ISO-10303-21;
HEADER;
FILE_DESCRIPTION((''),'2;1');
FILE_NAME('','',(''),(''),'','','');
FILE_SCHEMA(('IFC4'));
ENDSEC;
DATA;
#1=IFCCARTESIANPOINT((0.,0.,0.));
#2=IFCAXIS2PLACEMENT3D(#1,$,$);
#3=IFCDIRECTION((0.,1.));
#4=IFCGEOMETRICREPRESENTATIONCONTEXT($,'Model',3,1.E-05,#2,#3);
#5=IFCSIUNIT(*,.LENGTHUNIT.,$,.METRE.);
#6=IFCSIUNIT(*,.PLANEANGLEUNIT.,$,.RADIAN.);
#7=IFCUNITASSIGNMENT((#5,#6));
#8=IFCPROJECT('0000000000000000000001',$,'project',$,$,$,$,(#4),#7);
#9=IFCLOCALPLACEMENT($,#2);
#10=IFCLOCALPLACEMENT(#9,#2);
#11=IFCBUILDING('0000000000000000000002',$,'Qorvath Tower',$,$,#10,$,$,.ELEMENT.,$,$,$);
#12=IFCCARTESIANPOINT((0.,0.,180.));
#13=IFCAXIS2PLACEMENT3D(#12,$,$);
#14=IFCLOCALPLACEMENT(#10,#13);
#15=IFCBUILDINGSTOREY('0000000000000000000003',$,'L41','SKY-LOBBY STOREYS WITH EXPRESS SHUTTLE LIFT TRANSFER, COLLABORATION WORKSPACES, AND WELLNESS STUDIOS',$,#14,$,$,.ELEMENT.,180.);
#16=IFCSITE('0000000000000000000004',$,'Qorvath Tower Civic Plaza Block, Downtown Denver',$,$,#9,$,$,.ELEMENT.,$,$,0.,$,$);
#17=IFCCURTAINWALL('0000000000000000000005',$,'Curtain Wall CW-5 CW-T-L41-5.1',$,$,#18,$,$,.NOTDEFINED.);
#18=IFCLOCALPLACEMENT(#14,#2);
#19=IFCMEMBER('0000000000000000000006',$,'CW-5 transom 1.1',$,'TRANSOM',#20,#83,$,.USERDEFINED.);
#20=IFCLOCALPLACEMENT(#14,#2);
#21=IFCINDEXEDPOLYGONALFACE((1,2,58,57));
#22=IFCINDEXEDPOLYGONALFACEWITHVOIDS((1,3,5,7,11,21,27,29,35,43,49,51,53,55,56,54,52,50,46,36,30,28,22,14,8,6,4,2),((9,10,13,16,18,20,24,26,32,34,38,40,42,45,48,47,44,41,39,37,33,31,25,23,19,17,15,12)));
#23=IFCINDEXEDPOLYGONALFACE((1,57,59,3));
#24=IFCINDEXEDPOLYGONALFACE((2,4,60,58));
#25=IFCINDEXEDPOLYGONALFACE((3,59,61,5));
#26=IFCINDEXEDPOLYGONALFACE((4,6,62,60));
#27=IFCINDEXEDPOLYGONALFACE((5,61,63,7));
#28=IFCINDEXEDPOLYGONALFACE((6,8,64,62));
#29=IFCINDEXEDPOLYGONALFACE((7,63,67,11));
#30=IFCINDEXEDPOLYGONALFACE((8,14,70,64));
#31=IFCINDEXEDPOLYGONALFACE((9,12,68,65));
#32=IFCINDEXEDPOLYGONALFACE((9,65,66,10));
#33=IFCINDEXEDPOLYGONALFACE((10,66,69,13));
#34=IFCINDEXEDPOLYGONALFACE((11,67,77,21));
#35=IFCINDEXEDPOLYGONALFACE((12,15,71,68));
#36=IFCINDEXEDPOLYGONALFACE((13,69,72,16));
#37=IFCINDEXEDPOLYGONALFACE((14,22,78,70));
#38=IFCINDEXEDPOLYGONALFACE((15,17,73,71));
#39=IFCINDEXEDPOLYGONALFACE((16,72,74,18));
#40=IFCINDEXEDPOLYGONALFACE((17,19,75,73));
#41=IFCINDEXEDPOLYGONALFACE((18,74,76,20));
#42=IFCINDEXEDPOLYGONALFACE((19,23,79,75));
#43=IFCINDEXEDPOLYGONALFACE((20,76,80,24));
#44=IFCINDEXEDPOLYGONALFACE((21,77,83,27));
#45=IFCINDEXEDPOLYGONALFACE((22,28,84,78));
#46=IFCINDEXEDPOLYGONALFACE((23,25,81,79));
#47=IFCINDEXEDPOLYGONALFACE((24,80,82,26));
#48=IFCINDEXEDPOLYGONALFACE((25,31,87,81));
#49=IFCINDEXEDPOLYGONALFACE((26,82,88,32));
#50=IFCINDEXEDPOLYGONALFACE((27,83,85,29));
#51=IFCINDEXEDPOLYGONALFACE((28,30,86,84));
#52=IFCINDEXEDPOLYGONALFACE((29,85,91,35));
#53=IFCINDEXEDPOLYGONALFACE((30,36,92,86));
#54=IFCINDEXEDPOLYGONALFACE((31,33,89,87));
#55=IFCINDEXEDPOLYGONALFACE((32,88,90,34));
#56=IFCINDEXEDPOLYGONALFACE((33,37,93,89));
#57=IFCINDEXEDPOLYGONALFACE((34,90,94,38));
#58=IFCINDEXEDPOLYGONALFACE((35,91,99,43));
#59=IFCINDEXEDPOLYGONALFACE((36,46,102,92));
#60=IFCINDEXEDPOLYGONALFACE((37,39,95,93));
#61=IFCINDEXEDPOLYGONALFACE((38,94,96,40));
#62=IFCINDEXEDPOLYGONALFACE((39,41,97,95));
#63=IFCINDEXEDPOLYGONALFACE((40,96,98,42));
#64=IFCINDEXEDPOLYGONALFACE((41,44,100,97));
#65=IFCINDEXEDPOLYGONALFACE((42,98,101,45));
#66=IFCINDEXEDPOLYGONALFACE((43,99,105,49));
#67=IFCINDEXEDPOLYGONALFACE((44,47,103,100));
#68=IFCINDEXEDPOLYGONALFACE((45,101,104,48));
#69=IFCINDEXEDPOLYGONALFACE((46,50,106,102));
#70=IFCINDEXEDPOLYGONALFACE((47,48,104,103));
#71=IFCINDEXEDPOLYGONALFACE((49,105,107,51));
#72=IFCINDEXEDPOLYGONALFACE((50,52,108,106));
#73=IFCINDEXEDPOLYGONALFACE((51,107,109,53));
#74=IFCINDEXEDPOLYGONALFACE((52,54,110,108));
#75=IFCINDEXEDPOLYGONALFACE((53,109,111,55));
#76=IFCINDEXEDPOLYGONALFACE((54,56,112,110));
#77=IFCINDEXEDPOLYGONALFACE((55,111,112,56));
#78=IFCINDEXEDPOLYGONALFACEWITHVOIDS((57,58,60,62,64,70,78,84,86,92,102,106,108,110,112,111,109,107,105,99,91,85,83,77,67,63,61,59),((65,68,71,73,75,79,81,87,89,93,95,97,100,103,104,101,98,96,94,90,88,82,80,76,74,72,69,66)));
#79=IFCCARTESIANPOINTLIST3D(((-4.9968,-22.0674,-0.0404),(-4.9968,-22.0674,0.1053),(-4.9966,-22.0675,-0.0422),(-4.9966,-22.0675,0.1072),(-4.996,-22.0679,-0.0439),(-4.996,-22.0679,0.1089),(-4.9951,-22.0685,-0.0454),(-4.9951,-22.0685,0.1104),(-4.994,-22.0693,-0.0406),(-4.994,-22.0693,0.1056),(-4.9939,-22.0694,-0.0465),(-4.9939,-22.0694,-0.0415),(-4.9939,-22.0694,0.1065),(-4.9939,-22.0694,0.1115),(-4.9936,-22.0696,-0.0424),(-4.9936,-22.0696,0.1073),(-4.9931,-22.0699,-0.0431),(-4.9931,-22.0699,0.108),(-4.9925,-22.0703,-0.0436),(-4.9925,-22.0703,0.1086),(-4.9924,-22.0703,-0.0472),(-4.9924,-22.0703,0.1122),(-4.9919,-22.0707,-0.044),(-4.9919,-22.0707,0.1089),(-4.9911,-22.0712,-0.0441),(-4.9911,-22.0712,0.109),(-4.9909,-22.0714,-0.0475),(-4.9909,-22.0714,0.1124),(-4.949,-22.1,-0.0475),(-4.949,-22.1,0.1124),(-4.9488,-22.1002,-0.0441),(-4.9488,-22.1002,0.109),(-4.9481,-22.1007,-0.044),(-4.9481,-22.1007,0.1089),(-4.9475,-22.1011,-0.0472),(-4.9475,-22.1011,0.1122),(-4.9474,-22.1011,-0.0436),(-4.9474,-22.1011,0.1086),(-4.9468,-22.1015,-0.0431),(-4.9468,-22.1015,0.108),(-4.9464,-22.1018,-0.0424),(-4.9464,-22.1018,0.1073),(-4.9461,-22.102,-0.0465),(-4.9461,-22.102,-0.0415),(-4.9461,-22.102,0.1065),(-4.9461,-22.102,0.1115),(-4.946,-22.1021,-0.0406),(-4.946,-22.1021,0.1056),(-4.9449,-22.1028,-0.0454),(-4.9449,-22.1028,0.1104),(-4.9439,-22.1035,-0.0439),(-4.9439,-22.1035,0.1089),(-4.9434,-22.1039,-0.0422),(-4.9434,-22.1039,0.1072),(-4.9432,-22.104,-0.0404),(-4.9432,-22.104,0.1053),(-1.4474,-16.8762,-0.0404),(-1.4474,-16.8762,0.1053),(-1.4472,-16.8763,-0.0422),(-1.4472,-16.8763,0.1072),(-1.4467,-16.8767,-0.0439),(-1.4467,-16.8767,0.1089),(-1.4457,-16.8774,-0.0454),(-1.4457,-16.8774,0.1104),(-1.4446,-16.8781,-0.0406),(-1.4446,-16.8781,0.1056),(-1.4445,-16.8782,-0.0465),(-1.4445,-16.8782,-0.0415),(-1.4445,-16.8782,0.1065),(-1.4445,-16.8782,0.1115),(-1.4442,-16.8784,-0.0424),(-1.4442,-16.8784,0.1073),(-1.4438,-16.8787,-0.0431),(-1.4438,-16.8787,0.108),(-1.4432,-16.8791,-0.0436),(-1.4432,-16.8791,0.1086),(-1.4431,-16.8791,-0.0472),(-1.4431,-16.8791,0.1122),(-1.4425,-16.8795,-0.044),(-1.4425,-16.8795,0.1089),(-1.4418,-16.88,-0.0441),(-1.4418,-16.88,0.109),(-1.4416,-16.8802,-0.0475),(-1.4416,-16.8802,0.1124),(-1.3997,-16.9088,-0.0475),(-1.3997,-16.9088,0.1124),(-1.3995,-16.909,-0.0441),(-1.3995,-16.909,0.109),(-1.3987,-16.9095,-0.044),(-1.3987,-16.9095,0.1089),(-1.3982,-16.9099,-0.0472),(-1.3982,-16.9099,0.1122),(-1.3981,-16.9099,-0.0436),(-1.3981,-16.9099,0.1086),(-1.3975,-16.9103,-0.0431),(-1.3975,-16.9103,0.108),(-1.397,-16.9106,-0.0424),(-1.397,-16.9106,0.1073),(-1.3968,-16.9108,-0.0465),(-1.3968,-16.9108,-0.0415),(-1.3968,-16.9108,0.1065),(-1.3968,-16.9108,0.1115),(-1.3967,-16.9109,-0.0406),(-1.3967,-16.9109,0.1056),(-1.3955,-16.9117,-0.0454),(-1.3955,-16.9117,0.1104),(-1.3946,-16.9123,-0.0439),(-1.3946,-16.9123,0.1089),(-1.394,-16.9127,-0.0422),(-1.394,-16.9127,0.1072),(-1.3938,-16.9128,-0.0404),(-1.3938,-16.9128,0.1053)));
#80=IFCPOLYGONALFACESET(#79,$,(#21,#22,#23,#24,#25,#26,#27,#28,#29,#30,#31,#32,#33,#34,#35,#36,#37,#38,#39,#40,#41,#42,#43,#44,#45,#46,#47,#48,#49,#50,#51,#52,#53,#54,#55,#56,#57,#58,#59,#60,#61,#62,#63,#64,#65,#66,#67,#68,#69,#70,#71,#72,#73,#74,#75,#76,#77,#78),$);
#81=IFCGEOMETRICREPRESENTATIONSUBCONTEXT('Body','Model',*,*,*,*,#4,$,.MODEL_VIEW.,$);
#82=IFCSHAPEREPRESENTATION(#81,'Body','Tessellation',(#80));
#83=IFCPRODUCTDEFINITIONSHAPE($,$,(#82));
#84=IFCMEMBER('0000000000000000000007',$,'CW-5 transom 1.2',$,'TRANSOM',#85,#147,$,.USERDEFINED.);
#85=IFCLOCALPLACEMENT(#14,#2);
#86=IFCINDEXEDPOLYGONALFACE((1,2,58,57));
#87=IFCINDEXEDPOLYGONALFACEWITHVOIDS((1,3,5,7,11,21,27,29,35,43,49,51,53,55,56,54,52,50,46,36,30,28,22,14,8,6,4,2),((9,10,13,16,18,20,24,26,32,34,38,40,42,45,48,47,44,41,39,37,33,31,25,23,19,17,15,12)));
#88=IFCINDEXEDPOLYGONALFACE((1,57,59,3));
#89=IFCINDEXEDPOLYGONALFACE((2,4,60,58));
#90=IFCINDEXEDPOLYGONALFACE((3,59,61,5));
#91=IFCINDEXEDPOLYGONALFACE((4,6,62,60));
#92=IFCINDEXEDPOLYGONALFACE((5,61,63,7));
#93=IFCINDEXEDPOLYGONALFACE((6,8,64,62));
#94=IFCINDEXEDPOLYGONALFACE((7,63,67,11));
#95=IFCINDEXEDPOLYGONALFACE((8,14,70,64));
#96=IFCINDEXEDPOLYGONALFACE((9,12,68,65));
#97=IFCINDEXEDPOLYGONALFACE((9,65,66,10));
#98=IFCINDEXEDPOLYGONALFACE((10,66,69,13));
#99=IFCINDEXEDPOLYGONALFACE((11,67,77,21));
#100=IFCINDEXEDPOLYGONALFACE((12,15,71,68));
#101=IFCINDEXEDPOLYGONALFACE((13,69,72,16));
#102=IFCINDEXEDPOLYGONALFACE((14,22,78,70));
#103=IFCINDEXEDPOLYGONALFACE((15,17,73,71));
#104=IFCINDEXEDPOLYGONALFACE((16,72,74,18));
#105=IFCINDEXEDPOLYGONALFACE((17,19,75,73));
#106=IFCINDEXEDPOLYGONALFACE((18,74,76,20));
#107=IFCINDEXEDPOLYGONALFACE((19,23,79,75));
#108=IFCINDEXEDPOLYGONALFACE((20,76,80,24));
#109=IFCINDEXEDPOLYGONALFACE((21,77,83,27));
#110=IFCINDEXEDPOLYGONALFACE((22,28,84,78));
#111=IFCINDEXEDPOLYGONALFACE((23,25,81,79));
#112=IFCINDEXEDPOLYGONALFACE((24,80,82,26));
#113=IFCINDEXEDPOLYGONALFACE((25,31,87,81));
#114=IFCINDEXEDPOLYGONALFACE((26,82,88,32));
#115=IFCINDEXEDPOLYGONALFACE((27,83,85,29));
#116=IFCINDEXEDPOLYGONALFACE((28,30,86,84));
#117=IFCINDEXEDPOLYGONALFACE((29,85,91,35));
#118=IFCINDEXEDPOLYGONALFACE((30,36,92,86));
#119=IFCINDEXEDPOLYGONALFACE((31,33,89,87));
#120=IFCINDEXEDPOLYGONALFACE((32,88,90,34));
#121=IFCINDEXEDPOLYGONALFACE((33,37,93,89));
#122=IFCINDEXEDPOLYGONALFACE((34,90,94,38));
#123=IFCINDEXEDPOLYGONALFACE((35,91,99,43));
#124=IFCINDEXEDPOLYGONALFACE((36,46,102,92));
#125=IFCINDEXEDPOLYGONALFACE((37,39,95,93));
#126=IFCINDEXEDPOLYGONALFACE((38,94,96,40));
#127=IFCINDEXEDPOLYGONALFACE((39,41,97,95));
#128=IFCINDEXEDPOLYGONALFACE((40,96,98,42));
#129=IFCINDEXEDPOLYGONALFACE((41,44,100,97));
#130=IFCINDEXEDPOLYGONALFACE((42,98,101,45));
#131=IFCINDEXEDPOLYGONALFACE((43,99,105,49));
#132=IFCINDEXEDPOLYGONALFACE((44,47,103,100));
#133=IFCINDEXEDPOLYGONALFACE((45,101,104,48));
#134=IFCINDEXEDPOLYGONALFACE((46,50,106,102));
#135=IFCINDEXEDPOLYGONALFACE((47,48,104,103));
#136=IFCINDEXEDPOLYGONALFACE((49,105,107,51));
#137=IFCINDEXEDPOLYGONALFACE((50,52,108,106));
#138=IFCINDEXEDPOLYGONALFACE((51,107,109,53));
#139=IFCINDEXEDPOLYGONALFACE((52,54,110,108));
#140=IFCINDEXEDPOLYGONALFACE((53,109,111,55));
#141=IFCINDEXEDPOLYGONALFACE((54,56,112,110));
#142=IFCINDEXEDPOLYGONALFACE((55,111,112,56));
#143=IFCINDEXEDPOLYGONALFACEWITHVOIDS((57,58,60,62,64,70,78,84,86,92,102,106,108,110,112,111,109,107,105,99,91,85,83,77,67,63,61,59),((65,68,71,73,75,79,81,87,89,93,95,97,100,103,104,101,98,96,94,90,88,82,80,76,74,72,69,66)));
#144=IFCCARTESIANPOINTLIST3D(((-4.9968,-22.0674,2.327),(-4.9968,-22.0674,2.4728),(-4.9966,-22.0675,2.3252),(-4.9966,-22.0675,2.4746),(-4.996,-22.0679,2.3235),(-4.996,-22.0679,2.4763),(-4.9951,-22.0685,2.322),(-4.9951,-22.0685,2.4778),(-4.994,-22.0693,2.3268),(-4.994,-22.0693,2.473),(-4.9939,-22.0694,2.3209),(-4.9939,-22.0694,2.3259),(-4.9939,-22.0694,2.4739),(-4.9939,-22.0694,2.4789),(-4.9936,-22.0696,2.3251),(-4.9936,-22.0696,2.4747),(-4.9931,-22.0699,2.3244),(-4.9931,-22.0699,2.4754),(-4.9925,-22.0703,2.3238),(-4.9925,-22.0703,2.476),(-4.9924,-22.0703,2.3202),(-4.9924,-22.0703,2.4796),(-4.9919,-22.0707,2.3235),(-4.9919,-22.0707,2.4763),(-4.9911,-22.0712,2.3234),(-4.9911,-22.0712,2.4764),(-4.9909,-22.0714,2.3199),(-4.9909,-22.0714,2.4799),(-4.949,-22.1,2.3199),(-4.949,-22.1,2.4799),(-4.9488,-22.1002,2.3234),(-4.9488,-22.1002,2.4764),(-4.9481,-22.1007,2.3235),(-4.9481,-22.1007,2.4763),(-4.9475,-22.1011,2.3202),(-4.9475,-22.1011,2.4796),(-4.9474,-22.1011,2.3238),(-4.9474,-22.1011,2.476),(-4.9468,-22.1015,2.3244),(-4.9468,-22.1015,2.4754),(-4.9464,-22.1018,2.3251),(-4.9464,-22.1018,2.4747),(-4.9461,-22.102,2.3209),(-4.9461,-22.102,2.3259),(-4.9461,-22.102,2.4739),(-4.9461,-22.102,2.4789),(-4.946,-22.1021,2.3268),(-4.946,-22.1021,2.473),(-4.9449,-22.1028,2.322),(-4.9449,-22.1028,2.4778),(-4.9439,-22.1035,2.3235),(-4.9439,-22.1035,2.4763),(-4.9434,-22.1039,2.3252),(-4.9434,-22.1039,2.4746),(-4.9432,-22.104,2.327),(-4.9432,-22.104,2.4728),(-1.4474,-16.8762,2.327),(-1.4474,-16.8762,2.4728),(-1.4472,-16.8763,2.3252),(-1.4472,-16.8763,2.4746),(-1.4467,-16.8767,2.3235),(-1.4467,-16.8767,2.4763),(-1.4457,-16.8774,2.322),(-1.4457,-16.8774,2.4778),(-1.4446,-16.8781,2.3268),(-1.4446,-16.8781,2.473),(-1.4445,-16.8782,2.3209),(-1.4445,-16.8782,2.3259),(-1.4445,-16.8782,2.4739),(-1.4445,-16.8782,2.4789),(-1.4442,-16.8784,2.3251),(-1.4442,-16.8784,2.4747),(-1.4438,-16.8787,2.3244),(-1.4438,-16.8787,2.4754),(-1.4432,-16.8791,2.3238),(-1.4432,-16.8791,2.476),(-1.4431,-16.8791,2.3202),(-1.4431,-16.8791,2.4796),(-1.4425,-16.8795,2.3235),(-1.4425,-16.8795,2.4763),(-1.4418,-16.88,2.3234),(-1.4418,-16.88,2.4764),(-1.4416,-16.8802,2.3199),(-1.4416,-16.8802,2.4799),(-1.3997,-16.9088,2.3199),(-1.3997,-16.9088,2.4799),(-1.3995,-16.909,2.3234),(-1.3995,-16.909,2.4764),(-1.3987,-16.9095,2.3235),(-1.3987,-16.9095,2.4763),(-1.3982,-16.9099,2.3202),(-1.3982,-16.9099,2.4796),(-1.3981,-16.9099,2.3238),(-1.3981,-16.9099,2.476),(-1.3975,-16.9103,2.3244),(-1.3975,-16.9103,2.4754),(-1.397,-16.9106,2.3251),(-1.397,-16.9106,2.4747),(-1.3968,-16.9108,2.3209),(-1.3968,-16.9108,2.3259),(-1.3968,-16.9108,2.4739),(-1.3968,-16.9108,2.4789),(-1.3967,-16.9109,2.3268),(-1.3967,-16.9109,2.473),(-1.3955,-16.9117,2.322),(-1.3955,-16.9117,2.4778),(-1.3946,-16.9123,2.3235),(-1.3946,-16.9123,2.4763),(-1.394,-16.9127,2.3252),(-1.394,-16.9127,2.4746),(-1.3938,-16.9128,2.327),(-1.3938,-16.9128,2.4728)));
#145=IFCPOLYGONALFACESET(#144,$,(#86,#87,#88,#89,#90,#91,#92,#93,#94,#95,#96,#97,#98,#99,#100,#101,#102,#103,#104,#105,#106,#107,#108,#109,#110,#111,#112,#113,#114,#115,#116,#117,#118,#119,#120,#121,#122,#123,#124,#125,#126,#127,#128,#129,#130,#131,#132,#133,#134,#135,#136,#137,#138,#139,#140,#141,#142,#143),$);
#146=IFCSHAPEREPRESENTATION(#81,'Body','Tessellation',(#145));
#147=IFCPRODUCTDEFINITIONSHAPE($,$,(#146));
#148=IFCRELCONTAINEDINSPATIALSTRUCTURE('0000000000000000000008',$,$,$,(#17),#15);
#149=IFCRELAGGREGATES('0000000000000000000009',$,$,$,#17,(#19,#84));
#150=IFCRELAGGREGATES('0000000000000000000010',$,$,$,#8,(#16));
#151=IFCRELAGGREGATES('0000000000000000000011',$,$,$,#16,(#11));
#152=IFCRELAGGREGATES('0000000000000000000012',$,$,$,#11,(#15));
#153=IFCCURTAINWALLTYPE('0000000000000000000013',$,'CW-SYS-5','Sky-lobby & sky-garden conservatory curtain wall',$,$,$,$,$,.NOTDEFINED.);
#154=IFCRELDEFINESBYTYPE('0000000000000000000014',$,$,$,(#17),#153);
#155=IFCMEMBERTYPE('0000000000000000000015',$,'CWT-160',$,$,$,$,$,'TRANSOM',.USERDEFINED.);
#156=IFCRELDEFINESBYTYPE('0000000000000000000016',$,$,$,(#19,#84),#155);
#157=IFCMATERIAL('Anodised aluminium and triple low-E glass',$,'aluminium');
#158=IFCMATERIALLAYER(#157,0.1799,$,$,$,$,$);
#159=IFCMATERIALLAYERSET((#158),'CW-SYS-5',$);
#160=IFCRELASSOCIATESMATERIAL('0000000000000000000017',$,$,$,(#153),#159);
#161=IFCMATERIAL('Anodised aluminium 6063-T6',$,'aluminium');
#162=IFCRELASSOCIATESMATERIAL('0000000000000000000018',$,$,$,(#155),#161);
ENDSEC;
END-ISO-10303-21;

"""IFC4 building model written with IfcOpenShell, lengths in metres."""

from ifc_helpers import new_model, si_unit, direction, frame, origin, origin_2d, place, context, subcontext, project, spatial, hollow_rectangle, extrude, material, layer, layer_set, material_profile, profile_set, type_object, element, aggregate, save


model = new_model("IFC4")

# Units and contexts
model_context = context("Model", 3, precision=1e-05, world=origin(), true_north=direction((0.0, 1.0)))
body_context = subcontext(model_context, "Body", "Model", "MODEL_VIEW")
ifc_project = project(units=[si_unit("LENGTHUNIT", "METRE"), si_unit("PLANEANGLEUNIT", "RADIAN")], contexts=[model_context])

# Site, building, storey
site_placement = place(None, origin())
site = spatial("IfcSite", under=ifc_project, at=site_placement, Name="Qorvath Tower Civic Plaza Block, Downtown Denver", CompositionType="ELEMENT", RefElevation=0.0)
building_placement = place(site_placement, origin())
building = spatial("IfcBuilding", under=site, at=building_placement, Name="Qorvath Tower", CompositionType="ELEMENT")
storey_placement = place(building_placement, frame((0.0, 0.0, 180.0)))
storey = spatial("IfcBuildingStorey", under=building, at=storey_placement, Name="L41", Description="SKY-LOBBY STOREYS WITH EXPRESS SHUTTLE LIFT TRANSFER, COLLABORATION WORKSPACES, AND WELLNESS STUDIOS", CompositionType="ELEMENT", Elevation=180.0)

# Curtain wall
ifc_material_1 = material(Name="Anodised aluminium and triple low-E glass", Category="aluminium")
ifc_layer_1 = layer(ifc_material_1, 0.1799)
ifc_layer_set_1 = layer_set([ifc_layer_1], Name="CW-SYS-5")
curtain_wall_type = type_object("IfcCurtainWallType", Name="CW-SYS-5", Description="Sky-lobby & sky-garden conservatory curtain wall", PredefinedType="NOTDEFINED", material=ifc_layer_set_1)
curtain_wall_1_placement = place(storey_placement, origin())
curtain_wall_1 = element("IfcCurtainWall", 1, at=curtain_wall_1_placement, inside=storey, type_object=curtain_wall_type, Name="Curtain Wall CW-5 CW-T-L41-5.1", PredefinedType="NOTDEFINED")

# Members
ifc_material_2 = material(Name="Anodised aluminium 6063-T6", Category="aluminium")
ifc_material_profile_1 = material_profile(ifc_material_2, hollow_rectangle(XDim=0.0649, YDim=0.1599, WallThickness=0.0034, InnerFilletRadius=0.0034, OuterFilletRadius=0.0071, at=origin_2d()), Name="CWT 160x65")
ifc_profile_set_1 = profile_set([ifc_material_profile_1], Name="Anodised aluminium 6063-T6")
member_type_1 = type_object("IfcMemberType", Name="CWT-160", ElementType="TRANSOM", PredefinedType="USERDEFINED", material=ifc_profile_set_1)
member_1_placement = place(storey_placement, frame((-4.97, -22.0857, 0.0325), z_axis=(0.56441, 0.825495, 0.0), x_axis=(-0.825495, 0.56441, 0.0)))
member_1 = element("IfcMember", 2, at=member_1_placement, type_object=member_type_1, Name="CW-5 transom 1.1", ObjectType="TRANSOM", PredefinedType="USERDEFINED", context=body_context, shape_type="SweptSolid", body=[
    extrude(hollow_rectangle(XDim=0.0649, YDim=0.1599, WallThickness=0.0034, InnerFilletRadius=0.0034, OuterFilletRadius=0.0071, at=origin_2d()), origin(), (0.0, 0.0, 1.0), 6.2886),
])
member_2_placement = place(storey_placement, frame((-4.97, -22.0857, 2.3999), z_axis=(0.56441, 0.825495, 0.0), x_axis=(-0.825495, 0.56441, 0.0)))
member_2 = element("IfcMember", 3, at=member_2_placement, type_object=member_type_1, Name="CW-5 transom 1.2", ObjectType="TRANSOM", PredefinedType="USERDEFINED", context=body_context, shape_type="SweptSolid", body=[
    extrude(hollow_rectangle(XDim=0.0649, YDim=0.1599, WallThickness=0.0034, InnerFilletRadius=0.0034, OuterFilletRadius=0.0071, at=origin_2d()), origin(), (0.0, 0.0, 1.0), 6.2886),
])

aggregate(curtain_wall_1, [member_1, member_2])

save(model, "model.ifc")
